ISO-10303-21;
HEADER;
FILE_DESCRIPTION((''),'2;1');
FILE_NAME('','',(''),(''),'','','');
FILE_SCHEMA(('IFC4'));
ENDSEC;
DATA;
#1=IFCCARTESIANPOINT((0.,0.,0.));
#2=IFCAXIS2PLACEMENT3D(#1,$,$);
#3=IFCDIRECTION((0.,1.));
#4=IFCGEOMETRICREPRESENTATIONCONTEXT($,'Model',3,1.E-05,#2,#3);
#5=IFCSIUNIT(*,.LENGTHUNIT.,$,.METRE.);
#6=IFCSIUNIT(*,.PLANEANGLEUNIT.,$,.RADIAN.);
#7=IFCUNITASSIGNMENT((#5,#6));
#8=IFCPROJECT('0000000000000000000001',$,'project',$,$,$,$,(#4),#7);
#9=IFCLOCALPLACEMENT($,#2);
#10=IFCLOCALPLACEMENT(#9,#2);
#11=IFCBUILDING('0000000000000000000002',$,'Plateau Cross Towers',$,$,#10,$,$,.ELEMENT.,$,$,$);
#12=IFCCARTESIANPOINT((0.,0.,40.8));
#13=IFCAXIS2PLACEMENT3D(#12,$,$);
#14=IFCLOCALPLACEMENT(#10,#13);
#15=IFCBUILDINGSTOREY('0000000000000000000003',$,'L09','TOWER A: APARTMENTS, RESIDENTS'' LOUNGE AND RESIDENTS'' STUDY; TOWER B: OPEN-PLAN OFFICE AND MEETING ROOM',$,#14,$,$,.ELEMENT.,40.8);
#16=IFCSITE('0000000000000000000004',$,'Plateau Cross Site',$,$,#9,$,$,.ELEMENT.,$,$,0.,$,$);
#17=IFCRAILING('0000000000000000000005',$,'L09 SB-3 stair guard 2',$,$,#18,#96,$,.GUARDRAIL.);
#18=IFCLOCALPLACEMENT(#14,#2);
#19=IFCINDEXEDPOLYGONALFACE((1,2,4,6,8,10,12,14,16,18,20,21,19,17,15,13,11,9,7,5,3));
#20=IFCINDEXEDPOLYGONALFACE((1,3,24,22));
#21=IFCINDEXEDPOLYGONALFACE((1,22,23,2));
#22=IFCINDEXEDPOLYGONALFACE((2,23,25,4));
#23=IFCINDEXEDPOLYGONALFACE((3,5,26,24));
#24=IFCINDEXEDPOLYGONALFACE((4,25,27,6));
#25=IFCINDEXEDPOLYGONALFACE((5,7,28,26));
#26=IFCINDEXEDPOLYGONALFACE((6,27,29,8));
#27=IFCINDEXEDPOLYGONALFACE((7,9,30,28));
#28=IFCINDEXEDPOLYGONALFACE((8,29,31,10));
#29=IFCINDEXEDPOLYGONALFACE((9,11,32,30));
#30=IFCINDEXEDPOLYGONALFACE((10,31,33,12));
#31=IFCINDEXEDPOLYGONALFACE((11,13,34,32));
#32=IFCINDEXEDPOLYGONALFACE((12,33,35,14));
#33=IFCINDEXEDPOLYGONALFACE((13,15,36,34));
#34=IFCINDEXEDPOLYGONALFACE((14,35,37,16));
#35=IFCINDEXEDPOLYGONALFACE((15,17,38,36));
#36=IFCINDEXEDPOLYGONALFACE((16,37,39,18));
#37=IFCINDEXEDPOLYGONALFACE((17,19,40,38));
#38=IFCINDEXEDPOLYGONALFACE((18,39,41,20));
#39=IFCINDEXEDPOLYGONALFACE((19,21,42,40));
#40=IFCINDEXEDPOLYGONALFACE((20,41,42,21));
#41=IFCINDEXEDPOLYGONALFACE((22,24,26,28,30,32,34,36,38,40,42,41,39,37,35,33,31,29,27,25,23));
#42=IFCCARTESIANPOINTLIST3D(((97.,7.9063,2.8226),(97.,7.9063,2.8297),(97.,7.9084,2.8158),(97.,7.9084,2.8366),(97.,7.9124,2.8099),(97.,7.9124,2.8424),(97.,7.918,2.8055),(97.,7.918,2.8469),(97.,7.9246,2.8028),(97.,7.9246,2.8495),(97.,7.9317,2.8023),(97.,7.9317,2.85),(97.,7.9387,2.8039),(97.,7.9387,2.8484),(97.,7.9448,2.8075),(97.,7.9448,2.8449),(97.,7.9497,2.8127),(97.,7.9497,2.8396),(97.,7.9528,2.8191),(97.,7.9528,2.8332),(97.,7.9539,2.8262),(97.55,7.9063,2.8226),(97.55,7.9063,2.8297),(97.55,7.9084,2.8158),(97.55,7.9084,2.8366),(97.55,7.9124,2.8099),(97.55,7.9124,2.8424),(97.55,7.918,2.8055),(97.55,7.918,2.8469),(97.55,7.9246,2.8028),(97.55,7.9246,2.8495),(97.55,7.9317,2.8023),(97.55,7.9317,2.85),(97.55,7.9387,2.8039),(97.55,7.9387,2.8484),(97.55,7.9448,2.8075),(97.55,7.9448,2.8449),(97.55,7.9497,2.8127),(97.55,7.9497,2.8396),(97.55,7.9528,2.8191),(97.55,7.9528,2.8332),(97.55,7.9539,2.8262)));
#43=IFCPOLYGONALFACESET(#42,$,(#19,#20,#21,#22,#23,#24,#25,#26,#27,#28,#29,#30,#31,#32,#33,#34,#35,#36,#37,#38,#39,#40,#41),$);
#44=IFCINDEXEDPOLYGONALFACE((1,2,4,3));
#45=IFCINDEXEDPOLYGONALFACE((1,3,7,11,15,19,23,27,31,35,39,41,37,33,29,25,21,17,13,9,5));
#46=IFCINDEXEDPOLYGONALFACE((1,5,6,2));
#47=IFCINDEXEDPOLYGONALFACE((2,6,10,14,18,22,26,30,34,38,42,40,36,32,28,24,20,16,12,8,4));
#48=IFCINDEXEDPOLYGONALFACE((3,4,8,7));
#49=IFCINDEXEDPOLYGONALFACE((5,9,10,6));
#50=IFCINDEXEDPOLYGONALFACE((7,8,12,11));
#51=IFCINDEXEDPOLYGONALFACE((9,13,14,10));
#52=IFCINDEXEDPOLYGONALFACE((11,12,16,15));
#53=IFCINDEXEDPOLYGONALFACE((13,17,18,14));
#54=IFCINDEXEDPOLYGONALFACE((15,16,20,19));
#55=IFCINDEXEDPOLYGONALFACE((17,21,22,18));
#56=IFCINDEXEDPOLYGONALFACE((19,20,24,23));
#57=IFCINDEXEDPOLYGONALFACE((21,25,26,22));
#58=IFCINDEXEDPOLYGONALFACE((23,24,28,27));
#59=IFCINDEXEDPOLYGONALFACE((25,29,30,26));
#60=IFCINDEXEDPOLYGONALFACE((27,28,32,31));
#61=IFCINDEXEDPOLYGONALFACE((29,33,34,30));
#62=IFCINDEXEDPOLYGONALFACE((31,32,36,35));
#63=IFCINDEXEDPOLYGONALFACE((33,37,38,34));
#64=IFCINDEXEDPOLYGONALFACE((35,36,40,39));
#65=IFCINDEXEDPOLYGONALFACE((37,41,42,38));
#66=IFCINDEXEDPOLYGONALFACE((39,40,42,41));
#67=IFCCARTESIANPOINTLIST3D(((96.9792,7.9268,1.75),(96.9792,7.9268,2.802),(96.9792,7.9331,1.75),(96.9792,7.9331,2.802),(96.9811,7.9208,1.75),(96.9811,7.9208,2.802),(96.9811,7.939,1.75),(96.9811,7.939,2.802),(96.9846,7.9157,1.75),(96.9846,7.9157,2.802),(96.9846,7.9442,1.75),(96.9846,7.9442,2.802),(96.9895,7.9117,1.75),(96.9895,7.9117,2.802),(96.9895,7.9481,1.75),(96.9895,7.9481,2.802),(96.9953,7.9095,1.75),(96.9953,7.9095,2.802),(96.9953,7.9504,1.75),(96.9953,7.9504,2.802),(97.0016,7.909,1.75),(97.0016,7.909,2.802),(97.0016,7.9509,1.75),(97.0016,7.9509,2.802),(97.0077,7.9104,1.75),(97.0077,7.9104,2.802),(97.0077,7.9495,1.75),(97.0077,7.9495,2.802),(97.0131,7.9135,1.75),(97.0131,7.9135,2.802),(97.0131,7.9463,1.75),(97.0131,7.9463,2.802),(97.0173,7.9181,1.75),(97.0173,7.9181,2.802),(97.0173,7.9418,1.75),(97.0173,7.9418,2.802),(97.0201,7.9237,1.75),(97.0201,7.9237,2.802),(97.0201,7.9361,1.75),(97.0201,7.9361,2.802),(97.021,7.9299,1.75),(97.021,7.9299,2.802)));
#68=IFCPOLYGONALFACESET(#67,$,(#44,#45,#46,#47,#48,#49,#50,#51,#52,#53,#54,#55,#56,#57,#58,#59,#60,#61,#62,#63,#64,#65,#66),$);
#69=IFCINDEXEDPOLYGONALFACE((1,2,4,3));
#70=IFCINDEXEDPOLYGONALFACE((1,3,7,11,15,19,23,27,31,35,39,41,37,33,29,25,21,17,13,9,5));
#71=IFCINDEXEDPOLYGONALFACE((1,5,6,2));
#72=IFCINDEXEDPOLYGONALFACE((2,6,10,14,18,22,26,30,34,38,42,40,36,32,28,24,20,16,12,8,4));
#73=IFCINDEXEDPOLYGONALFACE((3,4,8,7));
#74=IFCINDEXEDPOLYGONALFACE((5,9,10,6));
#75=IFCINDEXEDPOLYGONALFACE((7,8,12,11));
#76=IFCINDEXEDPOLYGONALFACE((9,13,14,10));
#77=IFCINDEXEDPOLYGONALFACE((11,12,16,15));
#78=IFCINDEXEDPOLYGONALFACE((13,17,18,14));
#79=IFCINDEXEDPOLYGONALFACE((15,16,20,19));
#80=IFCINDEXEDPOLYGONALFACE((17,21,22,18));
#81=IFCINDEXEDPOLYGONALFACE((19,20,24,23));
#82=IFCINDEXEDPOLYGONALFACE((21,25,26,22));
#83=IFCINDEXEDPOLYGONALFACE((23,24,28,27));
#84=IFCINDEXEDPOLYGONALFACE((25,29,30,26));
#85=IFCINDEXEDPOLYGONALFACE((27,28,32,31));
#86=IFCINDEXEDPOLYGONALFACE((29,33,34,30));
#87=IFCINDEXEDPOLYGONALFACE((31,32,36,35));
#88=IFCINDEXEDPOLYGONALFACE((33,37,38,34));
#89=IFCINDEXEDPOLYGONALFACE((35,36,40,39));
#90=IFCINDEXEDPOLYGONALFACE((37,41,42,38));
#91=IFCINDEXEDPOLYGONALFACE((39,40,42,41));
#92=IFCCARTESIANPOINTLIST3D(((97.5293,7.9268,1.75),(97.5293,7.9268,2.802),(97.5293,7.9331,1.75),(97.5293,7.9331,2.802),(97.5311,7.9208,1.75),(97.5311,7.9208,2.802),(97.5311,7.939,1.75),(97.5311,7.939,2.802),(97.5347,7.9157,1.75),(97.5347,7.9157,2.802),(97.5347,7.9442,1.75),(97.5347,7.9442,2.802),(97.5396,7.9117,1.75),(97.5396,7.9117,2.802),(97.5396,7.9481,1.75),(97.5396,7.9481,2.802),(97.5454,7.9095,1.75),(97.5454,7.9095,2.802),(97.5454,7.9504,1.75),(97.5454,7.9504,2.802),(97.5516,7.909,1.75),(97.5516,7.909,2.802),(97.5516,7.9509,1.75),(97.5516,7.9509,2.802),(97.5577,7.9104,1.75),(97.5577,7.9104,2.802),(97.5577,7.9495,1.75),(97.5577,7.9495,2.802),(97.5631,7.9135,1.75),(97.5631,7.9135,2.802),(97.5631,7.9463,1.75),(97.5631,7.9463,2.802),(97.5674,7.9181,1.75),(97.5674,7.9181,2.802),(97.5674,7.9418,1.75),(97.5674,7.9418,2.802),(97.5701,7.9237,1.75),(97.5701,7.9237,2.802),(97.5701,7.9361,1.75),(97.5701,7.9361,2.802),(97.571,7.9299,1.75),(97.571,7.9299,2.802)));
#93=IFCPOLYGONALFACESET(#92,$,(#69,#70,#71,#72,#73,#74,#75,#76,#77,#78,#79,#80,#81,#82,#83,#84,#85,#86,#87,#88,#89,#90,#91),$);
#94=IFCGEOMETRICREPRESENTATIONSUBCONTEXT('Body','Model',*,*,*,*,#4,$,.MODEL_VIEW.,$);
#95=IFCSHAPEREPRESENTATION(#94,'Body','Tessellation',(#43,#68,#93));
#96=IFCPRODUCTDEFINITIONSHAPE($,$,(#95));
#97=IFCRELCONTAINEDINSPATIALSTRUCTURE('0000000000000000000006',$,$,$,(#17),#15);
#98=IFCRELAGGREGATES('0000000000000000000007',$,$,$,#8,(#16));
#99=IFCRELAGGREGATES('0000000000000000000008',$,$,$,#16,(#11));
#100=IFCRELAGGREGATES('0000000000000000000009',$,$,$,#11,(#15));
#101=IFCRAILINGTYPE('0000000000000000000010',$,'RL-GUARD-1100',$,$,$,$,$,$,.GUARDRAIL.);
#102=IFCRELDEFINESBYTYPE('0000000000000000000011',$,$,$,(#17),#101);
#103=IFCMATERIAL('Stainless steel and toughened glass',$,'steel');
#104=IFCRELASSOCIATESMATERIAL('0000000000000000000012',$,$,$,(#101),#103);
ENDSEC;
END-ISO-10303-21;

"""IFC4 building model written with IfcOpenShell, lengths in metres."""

from ifc_helpers import new_model, si_unit, direction, frame, origin, origin_2d, place, context, subcontext, project, spatial, circle, extrude, material, type_object, element, save


model = new_model("IFC4")

# Units and contexts
model_context = context("Model", 3, precision=1e-05, world=origin(), true_north=direction((0.0, 1.0)))
body_context = subcontext(model_context, "Body", "Model", "MODEL_VIEW")
ifc_project = project(units=[si_unit("LENGTHUNIT", "METRE"), si_unit("PLANEANGLEUNIT", "RADIAN")], contexts=[model_context])

# Site, building, storey
site_placement = place(None, origin())
site = spatial("IfcSite", under=ifc_project, at=site_placement, Name="Plateau Cross Site", CompositionType="ELEMENT", RefElevation=0.0)
building_placement = place(site_placement, origin())
building = spatial("IfcBuilding", under=site, at=building_placement, Name="Plateau Cross Towers", CompositionType="ELEMENT")
storey_placement = place(building_placement, frame((0.0, 0.0, 40.8)))
storey = spatial("IfcBuildingStorey", under=building, at=storey_placement, Name="L09", Description="TOWER A: APARTMENTS, RESIDENTS' LOUNGE AND RESIDENTS' STUDY; TOWER B: OPEN-PLAN OFFICE AND MEETING ROOM", CompositionType="ELEMENT", Elevation=40.8)

# Railing
ifc_material_1 = material(Name="Stainless steel and toughened glass", Category="steel")
railing_type_1 = type_object("IfcRailingType", Name="RL-GUARD-1100", PredefinedType="GUARDRAIL", material=ifc_material_1)
railing_1_placement = place(storey_placement, frame((97.0, 7.9299, 1.75)))
element("IfcRailing", 1, at=railing_1_placement, inside=storey, type_object=railing_type_1, Name="L09 SB-3 stair guard 2", PredefinedType="GUARDRAIL", context=body_context, shape_type="SweptSolid", body=[
    extrude(circle(Radius=0.0239, at=origin_2d()), frame((0.0, 0.0, 1.0762), z_axis=(1.0, 0.0, 0.0), x_axis=(0.0, 1.0, 0.0)), (0.0, 0.0, 1.0), 0.55),
    extrude(circle(Radius=0.021, at=origin_2d()), origin(), (0.0, 0.0, 1.0), 1.052),
    extrude(circle(Radius=0.021, at=origin_2d()), frame((0.55, 0.0, 0.0)), (0.0, 0.0, 1.0), 1.052),
])

save(model, "model.ifc")
